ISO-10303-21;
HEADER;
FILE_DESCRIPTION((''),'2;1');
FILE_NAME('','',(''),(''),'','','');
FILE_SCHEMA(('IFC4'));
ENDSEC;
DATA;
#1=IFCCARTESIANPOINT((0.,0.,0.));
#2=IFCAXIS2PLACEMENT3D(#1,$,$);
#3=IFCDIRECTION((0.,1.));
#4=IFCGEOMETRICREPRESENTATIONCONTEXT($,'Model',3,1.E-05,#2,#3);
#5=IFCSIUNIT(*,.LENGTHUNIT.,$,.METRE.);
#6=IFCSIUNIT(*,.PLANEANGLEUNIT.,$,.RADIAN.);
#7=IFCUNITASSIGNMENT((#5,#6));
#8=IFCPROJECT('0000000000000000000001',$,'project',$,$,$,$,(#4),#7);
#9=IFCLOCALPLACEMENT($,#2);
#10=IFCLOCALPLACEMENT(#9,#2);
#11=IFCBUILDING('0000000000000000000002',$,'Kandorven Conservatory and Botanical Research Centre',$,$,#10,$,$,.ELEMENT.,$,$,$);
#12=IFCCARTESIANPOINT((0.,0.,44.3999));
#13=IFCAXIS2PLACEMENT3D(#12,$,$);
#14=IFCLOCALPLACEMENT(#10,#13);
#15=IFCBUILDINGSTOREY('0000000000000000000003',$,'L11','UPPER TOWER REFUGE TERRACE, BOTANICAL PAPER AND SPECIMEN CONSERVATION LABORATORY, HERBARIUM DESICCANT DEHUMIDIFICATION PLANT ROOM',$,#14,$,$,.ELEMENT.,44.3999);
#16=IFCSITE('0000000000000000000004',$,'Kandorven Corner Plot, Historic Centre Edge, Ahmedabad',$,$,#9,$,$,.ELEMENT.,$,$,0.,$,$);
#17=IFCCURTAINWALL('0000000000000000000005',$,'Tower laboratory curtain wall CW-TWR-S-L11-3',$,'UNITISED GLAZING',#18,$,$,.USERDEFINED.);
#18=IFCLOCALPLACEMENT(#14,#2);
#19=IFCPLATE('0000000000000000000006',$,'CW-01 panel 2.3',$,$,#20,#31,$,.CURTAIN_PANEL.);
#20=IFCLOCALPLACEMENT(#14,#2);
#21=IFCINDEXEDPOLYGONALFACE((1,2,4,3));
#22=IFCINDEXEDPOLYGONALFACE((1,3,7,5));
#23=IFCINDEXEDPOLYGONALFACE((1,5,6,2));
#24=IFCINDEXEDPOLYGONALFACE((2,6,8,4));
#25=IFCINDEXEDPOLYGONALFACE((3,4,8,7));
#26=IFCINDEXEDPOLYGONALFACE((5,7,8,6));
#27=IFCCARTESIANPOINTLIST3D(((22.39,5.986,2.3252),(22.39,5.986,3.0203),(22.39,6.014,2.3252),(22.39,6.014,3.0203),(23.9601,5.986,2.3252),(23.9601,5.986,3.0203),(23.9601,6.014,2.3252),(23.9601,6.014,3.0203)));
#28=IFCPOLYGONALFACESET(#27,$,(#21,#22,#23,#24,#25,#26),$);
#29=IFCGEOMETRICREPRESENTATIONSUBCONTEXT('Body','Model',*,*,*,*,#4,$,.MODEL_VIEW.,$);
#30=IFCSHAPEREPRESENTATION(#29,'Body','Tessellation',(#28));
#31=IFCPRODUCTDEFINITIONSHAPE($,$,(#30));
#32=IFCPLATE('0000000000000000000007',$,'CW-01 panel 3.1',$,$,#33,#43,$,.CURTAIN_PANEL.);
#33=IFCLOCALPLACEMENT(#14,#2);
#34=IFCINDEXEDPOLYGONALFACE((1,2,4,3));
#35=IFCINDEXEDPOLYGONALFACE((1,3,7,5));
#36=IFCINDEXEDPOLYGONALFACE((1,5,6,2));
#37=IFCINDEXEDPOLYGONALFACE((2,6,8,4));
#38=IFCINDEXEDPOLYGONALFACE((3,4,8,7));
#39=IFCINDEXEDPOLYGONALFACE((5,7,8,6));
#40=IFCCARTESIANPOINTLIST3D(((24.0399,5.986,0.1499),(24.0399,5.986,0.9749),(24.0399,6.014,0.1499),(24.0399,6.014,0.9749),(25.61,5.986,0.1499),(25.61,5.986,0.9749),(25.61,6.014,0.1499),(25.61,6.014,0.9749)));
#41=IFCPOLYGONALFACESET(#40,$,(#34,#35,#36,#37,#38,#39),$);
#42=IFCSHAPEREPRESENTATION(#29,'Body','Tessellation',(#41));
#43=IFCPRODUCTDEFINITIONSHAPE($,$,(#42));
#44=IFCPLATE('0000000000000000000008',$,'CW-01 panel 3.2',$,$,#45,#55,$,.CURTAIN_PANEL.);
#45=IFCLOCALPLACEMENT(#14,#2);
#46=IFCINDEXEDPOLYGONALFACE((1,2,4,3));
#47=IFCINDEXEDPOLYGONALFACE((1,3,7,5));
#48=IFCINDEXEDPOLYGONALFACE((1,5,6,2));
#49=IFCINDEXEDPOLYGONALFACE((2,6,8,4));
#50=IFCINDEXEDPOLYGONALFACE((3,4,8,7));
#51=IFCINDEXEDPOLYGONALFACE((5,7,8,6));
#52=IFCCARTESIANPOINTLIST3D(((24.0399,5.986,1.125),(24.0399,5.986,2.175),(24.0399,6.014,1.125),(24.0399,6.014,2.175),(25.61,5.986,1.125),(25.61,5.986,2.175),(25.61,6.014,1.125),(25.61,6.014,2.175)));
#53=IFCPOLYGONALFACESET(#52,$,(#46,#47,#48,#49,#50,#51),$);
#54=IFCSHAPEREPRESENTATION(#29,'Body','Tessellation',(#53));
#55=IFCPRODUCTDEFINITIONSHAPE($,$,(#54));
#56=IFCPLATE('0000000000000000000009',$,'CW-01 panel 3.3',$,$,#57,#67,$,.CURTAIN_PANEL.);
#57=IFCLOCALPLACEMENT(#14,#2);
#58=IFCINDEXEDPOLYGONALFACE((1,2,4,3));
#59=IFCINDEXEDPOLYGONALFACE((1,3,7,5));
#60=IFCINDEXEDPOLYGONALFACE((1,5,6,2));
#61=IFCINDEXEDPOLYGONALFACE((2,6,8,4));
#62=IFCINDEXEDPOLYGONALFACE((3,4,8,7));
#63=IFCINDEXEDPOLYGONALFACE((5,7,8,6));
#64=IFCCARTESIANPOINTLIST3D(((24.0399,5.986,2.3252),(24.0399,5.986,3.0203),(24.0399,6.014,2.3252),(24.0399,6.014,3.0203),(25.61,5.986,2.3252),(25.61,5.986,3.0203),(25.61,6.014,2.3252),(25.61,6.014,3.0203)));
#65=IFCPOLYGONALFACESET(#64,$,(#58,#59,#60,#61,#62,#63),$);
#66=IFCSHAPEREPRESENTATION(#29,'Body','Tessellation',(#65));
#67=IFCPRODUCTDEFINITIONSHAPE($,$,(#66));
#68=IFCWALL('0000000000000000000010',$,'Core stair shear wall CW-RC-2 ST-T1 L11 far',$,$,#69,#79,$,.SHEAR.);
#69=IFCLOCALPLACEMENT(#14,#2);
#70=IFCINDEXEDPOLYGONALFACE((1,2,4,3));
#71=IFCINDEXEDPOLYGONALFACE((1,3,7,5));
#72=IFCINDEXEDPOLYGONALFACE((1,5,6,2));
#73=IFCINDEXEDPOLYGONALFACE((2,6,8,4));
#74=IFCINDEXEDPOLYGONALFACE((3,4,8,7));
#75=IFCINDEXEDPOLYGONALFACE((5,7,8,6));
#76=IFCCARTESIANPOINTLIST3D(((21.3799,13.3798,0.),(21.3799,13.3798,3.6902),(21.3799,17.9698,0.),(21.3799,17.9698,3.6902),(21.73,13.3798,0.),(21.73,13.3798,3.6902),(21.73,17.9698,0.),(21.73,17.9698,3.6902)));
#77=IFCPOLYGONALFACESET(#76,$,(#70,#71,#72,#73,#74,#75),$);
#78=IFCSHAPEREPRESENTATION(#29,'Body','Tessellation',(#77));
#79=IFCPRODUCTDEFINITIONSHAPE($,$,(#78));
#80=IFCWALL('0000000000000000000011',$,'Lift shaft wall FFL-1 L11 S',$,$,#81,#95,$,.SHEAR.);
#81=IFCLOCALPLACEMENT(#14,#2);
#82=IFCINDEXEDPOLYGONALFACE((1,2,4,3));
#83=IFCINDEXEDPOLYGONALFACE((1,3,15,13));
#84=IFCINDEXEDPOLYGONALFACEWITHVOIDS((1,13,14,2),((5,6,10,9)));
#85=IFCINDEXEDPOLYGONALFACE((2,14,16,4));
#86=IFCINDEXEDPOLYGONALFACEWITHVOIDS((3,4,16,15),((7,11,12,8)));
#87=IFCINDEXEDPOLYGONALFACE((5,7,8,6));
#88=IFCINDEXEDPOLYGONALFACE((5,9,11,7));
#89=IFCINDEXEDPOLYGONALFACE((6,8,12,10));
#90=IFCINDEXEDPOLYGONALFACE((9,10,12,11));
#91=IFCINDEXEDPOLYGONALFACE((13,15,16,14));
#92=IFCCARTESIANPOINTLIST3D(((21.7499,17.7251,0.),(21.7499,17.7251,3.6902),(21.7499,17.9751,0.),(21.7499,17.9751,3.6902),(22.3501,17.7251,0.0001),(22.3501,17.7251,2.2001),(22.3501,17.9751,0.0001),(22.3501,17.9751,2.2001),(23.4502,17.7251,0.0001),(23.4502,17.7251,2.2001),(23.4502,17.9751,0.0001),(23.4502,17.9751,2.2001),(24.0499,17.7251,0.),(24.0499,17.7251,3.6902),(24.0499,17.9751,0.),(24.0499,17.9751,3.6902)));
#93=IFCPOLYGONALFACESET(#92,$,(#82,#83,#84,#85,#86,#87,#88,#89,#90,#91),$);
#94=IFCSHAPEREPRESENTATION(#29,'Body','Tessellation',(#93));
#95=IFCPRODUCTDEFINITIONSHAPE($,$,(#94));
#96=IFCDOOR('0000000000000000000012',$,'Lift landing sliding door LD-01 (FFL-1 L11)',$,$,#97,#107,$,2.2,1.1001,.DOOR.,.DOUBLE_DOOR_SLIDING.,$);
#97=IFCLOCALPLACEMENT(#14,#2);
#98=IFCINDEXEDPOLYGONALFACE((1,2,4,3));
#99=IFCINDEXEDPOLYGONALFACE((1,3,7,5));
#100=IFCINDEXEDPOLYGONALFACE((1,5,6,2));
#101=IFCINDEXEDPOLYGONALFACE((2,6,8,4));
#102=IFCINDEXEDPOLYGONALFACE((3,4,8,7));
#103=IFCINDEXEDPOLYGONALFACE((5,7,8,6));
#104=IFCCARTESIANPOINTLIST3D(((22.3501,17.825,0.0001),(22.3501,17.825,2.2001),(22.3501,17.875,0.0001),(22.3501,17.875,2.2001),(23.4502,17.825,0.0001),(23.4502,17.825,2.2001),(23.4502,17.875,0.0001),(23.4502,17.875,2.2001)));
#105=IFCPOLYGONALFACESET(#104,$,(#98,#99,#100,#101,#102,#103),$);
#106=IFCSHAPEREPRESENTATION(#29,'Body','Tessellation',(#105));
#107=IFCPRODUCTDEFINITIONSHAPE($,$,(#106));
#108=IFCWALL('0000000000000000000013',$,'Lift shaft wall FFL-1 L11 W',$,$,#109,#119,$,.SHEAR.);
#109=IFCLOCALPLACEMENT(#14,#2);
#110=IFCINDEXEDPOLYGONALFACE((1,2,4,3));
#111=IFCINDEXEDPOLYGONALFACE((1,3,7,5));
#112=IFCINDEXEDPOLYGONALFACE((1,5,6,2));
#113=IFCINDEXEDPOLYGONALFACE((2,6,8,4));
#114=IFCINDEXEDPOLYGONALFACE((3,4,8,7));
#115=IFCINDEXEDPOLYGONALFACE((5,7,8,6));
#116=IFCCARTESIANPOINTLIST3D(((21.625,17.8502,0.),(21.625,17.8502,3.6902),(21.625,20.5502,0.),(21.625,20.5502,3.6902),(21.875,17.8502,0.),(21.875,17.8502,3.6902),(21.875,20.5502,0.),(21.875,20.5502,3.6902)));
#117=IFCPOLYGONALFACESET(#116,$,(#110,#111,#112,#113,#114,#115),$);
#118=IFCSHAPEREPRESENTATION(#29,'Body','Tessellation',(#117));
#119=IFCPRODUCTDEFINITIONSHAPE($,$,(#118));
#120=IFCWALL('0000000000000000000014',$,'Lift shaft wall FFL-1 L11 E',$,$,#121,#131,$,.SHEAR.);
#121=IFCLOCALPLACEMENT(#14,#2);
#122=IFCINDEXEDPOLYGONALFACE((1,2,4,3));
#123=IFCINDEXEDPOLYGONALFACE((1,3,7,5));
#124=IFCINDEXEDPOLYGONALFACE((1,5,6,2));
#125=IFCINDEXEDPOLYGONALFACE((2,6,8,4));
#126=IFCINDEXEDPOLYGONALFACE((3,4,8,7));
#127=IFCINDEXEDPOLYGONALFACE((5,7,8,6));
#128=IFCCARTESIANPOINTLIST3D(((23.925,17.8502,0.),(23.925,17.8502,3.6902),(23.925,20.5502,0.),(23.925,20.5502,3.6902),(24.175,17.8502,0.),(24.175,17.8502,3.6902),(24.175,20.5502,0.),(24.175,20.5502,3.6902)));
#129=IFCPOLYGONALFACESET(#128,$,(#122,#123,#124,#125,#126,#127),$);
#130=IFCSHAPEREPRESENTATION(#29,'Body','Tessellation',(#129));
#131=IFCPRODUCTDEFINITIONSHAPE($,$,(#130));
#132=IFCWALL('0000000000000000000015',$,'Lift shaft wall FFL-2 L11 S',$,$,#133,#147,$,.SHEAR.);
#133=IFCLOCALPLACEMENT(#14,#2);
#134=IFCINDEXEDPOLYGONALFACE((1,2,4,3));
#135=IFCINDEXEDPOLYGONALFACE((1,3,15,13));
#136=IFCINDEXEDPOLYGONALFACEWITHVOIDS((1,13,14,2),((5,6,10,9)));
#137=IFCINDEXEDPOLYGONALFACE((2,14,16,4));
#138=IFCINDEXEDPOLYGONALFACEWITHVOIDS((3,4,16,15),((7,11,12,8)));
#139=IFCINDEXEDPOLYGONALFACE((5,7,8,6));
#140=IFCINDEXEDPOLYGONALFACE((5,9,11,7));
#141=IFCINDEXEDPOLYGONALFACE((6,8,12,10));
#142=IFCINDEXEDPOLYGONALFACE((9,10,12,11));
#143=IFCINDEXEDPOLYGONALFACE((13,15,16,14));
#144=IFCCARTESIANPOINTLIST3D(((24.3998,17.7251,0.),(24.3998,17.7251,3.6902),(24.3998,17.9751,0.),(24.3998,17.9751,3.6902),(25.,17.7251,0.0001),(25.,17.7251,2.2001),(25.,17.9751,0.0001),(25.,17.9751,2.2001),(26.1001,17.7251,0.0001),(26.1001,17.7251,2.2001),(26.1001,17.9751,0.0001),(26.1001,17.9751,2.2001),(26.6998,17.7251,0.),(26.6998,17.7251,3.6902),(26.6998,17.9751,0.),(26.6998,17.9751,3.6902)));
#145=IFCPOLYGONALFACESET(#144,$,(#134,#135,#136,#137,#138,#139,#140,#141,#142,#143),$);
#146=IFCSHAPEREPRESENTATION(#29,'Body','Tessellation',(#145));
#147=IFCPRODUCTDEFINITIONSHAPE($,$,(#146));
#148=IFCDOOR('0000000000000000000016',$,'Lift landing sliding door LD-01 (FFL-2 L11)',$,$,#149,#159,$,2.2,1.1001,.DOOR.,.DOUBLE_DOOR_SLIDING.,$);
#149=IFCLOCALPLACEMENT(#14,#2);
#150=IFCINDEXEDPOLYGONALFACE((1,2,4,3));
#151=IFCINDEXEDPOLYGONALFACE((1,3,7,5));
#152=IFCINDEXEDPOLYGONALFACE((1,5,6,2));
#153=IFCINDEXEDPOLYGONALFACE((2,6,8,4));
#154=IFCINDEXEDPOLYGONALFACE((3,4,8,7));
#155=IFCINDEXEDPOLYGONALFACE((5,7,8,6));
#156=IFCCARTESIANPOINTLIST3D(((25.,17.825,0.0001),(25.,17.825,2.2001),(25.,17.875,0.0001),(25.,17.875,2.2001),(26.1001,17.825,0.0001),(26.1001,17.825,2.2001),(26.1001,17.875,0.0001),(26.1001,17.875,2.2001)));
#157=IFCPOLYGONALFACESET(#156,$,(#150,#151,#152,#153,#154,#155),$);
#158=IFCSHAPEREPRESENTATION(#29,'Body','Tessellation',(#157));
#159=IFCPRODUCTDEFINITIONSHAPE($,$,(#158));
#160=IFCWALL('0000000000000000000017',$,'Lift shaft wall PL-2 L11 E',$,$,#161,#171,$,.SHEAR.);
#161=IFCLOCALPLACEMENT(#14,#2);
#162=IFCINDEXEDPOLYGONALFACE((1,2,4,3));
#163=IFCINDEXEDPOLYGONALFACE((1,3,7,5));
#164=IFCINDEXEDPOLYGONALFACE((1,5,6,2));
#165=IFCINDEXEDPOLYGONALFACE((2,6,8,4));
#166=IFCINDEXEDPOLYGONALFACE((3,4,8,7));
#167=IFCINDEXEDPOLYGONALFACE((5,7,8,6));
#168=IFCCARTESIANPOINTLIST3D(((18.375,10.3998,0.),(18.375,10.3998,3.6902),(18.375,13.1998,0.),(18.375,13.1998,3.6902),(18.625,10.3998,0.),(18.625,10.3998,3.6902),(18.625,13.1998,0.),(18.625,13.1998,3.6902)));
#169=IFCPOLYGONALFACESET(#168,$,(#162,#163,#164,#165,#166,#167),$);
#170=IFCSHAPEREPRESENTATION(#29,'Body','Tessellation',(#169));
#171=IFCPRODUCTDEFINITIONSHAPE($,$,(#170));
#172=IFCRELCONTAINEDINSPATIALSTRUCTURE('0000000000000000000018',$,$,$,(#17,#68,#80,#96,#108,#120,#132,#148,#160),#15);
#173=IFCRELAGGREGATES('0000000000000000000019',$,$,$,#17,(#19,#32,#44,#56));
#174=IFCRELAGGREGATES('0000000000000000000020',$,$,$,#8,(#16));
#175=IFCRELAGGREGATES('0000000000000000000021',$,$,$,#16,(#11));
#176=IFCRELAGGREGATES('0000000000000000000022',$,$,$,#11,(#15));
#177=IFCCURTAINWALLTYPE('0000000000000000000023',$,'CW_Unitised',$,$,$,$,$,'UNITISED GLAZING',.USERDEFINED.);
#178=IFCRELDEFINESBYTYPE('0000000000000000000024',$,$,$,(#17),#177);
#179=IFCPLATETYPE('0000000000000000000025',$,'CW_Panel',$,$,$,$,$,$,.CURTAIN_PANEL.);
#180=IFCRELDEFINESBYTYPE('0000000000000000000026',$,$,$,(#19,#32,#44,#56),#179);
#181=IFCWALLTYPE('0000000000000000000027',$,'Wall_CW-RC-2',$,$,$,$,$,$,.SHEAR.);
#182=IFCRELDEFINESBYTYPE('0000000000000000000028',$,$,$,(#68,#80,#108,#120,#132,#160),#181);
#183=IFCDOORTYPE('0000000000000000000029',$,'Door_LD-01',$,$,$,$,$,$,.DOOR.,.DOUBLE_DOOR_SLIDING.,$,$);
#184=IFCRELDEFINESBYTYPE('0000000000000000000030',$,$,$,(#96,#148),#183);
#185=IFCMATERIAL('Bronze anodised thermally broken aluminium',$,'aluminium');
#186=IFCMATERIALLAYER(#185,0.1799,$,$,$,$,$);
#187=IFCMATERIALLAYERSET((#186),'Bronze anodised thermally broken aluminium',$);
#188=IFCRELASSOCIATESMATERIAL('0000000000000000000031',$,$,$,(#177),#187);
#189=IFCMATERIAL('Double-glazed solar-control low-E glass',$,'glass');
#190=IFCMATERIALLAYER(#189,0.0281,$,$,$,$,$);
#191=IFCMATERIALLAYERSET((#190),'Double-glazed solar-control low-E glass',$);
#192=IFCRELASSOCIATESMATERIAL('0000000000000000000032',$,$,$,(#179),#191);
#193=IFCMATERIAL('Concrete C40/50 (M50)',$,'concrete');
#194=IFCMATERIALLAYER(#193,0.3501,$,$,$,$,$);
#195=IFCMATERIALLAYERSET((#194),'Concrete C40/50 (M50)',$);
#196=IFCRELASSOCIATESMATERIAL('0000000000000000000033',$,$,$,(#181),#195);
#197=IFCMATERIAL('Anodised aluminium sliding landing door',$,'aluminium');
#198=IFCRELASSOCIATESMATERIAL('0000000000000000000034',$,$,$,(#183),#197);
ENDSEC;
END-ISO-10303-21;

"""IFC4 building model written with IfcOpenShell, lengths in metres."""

from ifc_helpers import new_model, si_unit, direction, frame, frame_2d, origin, origin_2d, place, context, subcontext, project, spatial, rectangle, extrude, material, layer, layer_set, type_object, element, fill, aggregate, save


model = new_model("IFC4")

# Units and contexts
model_context = context("Model", 3, precision=1e-05, world=origin(), true_north=direction((0.0, 1.0)))
body_context = subcontext(model_context, "Body", "Model", "MODEL_VIEW")
ifc_project = project(units=[si_unit("LENGTHUNIT", "METRE"), si_unit("PLANEANGLEUNIT", "RADIAN")], contexts=[model_context])

# Site, building, storey
site_placement = place(None, origin())
site = spatial("IfcSite", under=ifc_project, at=site_placement, Name="Kandorven Corner Plot, Historic Centre Edge, Ahmedabad", CompositionType="ELEMENT", RefElevation=0.0)
building_placement = place(site_placement, origin())
building = spatial("IfcBuilding", under=site, at=building_placement, Name="Kandorven Conservatory and Botanical Research Centre", CompositionType="ELEMENT")
storey_placement = place(building_placement, frame((0.0, 0.0, 44.3999)))
storey = spatial("IfcBuildingStorey", under=building, at=storey_placement, Name="L11", Description="UPPER TOWER REFUGE TERRACE, BOTANICAL PAPER AND SPECIMEN CONSERVATION LABORATORY, HERBARIUM DESICCANT DEHUMIDIFICATION PLANT ROOM", CompositionType="ELEMENT", Elevation=44.3999)

# Curtain wall, plates
ifc_material_1 = material(Name="Bronze anodised thermally broken aluminium", Category="aluminium")
ifc_layer_1 = layer(ifc_material_1, 0.1799)
ifc_layer_set_1 = layer_set([ifc_layer_1], Name="Bronze anodised thermally broken aluminium")
curtain_wall_type = type_object("IfcCurtainWallType", Name="CW_Unitised", ElementType="UNITISED GLAZING", PredefinedType="USERDEFINED", material=ifc_layer_set_1)
curtain_wall_placement = place(storey_placement, origin())
curtain_wall = element("IfcCurtainWall", 1, at=curtain_wall_placement, inside=storey, type_object=curtain_wall_type, Name="Tower laboratory curtain wall CW-TWR-S-L11-3", ObjectType="UNITISED GLAZING", PredefinedType="USERDEFINED")
ifc_material_2 = material(Name="Double-glazed solar-control low-E glass", Category="glass")
ifc_layer_2 = layer(ifc_material_2, 0.0281)
ifc_layer_set_2 = layer_set([ifc_layer_2], Name="Double-glazed solar-control low-E glass")
plate_type = type_object("IfcPlateType", Name="CW_Panel", PredefinedType="CURTAIN_PANEL", material=ifc_layer_set_2)
plate_1_placement = place(storey_placement, frame((23.175, 6.0, 2.3252), z_axis=(0.0, 0.0, 1.0), x_axis=(1.0, 0.0, 0.0)))
plate_1 = element("IfcPlate", 2, at=plate_1_placement, type_object=plate_type, Name="CW-01 panel 2.3", PredefinedType="CURTAIN_PANEL", context=body_context, shape_type="SweptSolid", body=[
    extrude(rectangle(XDim=1.5701, YDim=0.0281, at=origin_2d()), origin(), (0.0, 0.0, 1.0), 0.6951),
])
plate_2_placement = place(storey_placement, frame((24.825, 6.0, 0.1499), z_axis=(0.0, 0.0, 1.0), x_axis=(1.0, 0.0, 0.0)))
plate_2 = element("IfcPlate", 3, at=plate_2_placement, type_object=plate_type, Name="CW-01 panel 3.1", PredefinedType="CURTAIN_PANEL", context=body_context, shape_type="SweptSolid", body=[
    extrude(rectangle(XDim=1.5701, YDim=0.0281, at=origin_2d()), origin(), (0.0, 0.0, 1.0), 0.825),
])
plate_3_placement = place(storey_placement, frame((24.825, 6.0, 1.125), z_axis=(0.0, 0.0, 1.0), x_axis=(1.0, 0.0, 0.0)))
plate_3 = element("IfcPlate", 4, at=plate_3_placement, type_object=plate_type, Name="CW-01 panel 3.2", PredefinedType="CURTAIN_PANEL", context=body_context, shape_type="SweptSolid", body=[
    extrude(rectangle(XDim=1.5701, YDim=0.0281, at=origin_2d()), origin(), (0.0, 0.0, 1.0), 1.05),
])
plate_4_placement = place(storey_placement, frame((24.825, 6.0, 2.3252), z_axis=(0.0, 0.0, 1.0), x_axis=(1.0, 0.0, 0.0)))
plate_4 = element("IfcPlate", 5, at=plate_4_placement, type_object=plate_type, Name="CW-01 panel 3.3", PredefinedType="CURTAIN_PANEL", context=body_context, shape_type="SweptSolid", body=[
    extrude(rectangle(XDim=1.5701, YDim=0.0281, at=origin_2d()), origin(), (0.0, 0.0, 1.0), 0.6951),
])
aggregate(curtain_wall, [plate_1, plate_2, plate_3, plate_4])

# Wall
ifc_material_3 = material(Name="Concrete C40/50 (M50)", Category="concrete")
ifc_layer_3 = layer(ifc_material_3, 0.3501)
ifc_layer_set_3 = layer_set([ifc_layer_3], Name="Concrete C40/50 (M50)")
wall_type_1 = type_object("IfcWallType", Name="Wall_CW-RC-2", PredefinedType="SHEAR", material=ifc_layer_set_3)
wall_1_placement = place(storey_placement, frame((21.5549, 13.3799, 0.0), z_axis=(0.0, 0.0, 1.0), x_axis=(0.0, 1.0, 0.0)))
element("IfcWall", 6, at=wall_1_placement, inside=storey, type_object=wall_type_1, Name="Core stair shear wall CW-RC-2 ST-T1 L11 far", PredefinedType="SHEAR", context=body_context, shape_type="SweptSolid", body=[
    extrude(rectangle(XDim=4.5901, YDim=0.3501, at=frame_2d((2.2949, 0.0))), origin(), (0.0, 0.0, 1.0), 3.6902),
])

# Wall, opening, door
wall_2_placement = place(storey_placement, frame((21.75, 17.8501, 0.0), z_axis=(0.0, 0.0, 1.0), x_axis=(1.0, 0.0, 0.0)))
wall_2 = element("IfcWall", 7, at=wall_2_placement, inside=storey, type_object=wall_type_1, Name="Lift shaft wall FFL-1 L11 S", PredefinedType="SHEAR", context=body_context, shape_type="SweptSolid", body=[
    extrude(rectangle(XDim=2.3, YDim=0.25, at=frame_2d((1.1499, 0.0))), origin(), (0.0, 0.0, 1.0), 3.6902),
])
opening_1_placement = place(wall_2_placement, frame((0.6001, 0.0, 0.0)))
opening_1 = element("IfcOpeningElement", 8, at=opening_1_placement, cuts=wall_2, PredefinedType="OPENING", context=body_context, shape_type="SweptSolid", body=[
    extrude(rectangle(XDim=1.1001, YDim=2.2, at=frame_2d((0.55, 1.1001))), frame((0.0, 0.135, 0.0), z_axis=(0.0, -1.0, 0.0), x_axis=(1.0, 0.0, 0.0)), (0.0, 0.0, 1.0), 0.27),
])
ifc_material_4 = material(Name="Anodised aluminium sliding landing door", Category="aluminium")
door_type_1 = type_object("IfcDoorType", Name="Door_LD-01", OperationType="DOUBLE_DOOR_SLIDING", PredefinedType="DOOR", material=ifc_material_4)
door_1_placement = place(opening_1_placement, origin())
door_1 = element("IfcDoor", 9, at=door_1_placement, inside=storey, type_object=door_type_1, Name="Lift landing sliding door LD-01 (FFL-1 L11)", OperationType="DOUBLE_DOOR_SLIDING", OverallHeight=2.2, OverallWidth=1.1001, PredefinedType="DOOR", context=body_context, shape_type="SweptSolid", body=[
    extrude(rectangle(XDim=1.1001, YDim=2.2, at=frame_2d((0.55, 1.1001))), frame((0.0, 0.0249, 0.0), z_axis=(0.0, -1.0, 0.0), x_axis=(1.0, 0.0, 0.0)), (0.0, 0.0, 1.0), 0.05),
])
fill(opening_1, door_1)

# Walls
for number, where, z_axis, x_axis, name in (
    (10, (21.75, 17.8501, 0.0), (0.0, 0.0, 1.0), (0.0, 1.0, 0.0), "Lift shaft wall FFL-1 L11 W"),
    (11, (24.05, 17.8501, 0.0), (0.0, 0.0, 1.0), (0.0, 1.0, 0.0), "Lift shaft wall FFL-1 L11 E"),
):
    element("IfcWall", number, at=place(storey_placement, frame(where, z_axis=z_axis, x_axis=x_axis)), inside=storey, type_object=wall_type_1, Name=name, PredefinedType="SHEAR", context=body_context, shape_type="SweptSolid", body=[
        extrude(rectangle(XDim=2.7, YDim=0.25, at=frame_2d((1.3501, 0.0))), origin(), (0.0, 0.0, 1.0), 3.6902),
    ])

# Wall, opening, door
wall_3_placement = place(storey_placement, frame((24.3999, 17.8501, 0.0), z_axis=(0.0, 0.0, 1.0), x_axis=(1.0, 0.0, 0.0)))
wall_3 = element("IfcWall", 12, at=wall_3_placement, inside=storey, type_object=wall_type_1, Name="Lift shaft wall FFL-2 L11 S", PredefinedType="SHEAR", context=body_context, shape_type="SweptSolid", body=[
    extrude(rectangle(XDim=2.3, YDim=0.25, at=frame_2d((1.1499, 0.0))), origin(), (0.0, 0.0, 1.0), 3.6902),
])
opening_2_placement = place(wall_3_placement, frame((0.6001, 0.0, 0.0)))
opening_2 = element("IfcOpeningElement", 13, at=opening_2_placement, cuts=wall_3, PredefinedType="OPENING", context=body_context, shape_type="SweptSolid", body=[
    extrude(rectangle(XDim=1.1001, YDim=2.2, at=frame_2d((0.55, 1.1001))), frame((0.0, 0.135, 0.0), z_axis=(0.0, -1.0, 0.0), x_axis=(1.0, 0.0, 0.0)), (0.0, 0.0, 1.0), 0.27),
])
door_2_placement = place(opening_2_placement, origin())
door_2 = element("IfcDoor", 14, at=door_2_placement, inside=storey, type_object=door_type_1, Name="Lift landing sliding door LD-01 (FFL-2 L11)", OperationType="DOUBLE_DOOR_SLIDING", OverallHeight=2.2, OverallWidth=1.1001, PredefinedType="DOOR", context=body_context, shape_type="SweptSolid", body=[
    extrude(rectangle(XDim=1.1001, YDim=2.2, at=frame_2d((0.55, 1.1001))), frame((0.0, 0.0249, 0.0), z_axis=(0.0, -1.0, 0.0), x_axis=(1.0, 0.0, 0.0)), (0.0, 0.0, 1.0), 0.05),
])
fill(opening_2, door_2)

# Wall
wall_4_placement = place(storey_placement, frame((18.5, 10.3999, 0.0), z_axis=(0.0, 0.0, 1.0), x_axis=(0.0, 1.0, 0.0)))
element("IfcWall", 15, at=wall_4_placement, inside=storey, type_object=wall_type_1, Name="Lift shaft wall PL-2 L11 E", PredefinedType="SHEAR", context=body_context, shape_type="SweptSolid", body=[
    extrude(rectangle(XDim=2.8, YDim=0.25, at=frame_2d((1.3999, 0.0))), origin(), (0.0, 0.0, 1.0), 3.6902),
])

save(model, "model.ifc")
